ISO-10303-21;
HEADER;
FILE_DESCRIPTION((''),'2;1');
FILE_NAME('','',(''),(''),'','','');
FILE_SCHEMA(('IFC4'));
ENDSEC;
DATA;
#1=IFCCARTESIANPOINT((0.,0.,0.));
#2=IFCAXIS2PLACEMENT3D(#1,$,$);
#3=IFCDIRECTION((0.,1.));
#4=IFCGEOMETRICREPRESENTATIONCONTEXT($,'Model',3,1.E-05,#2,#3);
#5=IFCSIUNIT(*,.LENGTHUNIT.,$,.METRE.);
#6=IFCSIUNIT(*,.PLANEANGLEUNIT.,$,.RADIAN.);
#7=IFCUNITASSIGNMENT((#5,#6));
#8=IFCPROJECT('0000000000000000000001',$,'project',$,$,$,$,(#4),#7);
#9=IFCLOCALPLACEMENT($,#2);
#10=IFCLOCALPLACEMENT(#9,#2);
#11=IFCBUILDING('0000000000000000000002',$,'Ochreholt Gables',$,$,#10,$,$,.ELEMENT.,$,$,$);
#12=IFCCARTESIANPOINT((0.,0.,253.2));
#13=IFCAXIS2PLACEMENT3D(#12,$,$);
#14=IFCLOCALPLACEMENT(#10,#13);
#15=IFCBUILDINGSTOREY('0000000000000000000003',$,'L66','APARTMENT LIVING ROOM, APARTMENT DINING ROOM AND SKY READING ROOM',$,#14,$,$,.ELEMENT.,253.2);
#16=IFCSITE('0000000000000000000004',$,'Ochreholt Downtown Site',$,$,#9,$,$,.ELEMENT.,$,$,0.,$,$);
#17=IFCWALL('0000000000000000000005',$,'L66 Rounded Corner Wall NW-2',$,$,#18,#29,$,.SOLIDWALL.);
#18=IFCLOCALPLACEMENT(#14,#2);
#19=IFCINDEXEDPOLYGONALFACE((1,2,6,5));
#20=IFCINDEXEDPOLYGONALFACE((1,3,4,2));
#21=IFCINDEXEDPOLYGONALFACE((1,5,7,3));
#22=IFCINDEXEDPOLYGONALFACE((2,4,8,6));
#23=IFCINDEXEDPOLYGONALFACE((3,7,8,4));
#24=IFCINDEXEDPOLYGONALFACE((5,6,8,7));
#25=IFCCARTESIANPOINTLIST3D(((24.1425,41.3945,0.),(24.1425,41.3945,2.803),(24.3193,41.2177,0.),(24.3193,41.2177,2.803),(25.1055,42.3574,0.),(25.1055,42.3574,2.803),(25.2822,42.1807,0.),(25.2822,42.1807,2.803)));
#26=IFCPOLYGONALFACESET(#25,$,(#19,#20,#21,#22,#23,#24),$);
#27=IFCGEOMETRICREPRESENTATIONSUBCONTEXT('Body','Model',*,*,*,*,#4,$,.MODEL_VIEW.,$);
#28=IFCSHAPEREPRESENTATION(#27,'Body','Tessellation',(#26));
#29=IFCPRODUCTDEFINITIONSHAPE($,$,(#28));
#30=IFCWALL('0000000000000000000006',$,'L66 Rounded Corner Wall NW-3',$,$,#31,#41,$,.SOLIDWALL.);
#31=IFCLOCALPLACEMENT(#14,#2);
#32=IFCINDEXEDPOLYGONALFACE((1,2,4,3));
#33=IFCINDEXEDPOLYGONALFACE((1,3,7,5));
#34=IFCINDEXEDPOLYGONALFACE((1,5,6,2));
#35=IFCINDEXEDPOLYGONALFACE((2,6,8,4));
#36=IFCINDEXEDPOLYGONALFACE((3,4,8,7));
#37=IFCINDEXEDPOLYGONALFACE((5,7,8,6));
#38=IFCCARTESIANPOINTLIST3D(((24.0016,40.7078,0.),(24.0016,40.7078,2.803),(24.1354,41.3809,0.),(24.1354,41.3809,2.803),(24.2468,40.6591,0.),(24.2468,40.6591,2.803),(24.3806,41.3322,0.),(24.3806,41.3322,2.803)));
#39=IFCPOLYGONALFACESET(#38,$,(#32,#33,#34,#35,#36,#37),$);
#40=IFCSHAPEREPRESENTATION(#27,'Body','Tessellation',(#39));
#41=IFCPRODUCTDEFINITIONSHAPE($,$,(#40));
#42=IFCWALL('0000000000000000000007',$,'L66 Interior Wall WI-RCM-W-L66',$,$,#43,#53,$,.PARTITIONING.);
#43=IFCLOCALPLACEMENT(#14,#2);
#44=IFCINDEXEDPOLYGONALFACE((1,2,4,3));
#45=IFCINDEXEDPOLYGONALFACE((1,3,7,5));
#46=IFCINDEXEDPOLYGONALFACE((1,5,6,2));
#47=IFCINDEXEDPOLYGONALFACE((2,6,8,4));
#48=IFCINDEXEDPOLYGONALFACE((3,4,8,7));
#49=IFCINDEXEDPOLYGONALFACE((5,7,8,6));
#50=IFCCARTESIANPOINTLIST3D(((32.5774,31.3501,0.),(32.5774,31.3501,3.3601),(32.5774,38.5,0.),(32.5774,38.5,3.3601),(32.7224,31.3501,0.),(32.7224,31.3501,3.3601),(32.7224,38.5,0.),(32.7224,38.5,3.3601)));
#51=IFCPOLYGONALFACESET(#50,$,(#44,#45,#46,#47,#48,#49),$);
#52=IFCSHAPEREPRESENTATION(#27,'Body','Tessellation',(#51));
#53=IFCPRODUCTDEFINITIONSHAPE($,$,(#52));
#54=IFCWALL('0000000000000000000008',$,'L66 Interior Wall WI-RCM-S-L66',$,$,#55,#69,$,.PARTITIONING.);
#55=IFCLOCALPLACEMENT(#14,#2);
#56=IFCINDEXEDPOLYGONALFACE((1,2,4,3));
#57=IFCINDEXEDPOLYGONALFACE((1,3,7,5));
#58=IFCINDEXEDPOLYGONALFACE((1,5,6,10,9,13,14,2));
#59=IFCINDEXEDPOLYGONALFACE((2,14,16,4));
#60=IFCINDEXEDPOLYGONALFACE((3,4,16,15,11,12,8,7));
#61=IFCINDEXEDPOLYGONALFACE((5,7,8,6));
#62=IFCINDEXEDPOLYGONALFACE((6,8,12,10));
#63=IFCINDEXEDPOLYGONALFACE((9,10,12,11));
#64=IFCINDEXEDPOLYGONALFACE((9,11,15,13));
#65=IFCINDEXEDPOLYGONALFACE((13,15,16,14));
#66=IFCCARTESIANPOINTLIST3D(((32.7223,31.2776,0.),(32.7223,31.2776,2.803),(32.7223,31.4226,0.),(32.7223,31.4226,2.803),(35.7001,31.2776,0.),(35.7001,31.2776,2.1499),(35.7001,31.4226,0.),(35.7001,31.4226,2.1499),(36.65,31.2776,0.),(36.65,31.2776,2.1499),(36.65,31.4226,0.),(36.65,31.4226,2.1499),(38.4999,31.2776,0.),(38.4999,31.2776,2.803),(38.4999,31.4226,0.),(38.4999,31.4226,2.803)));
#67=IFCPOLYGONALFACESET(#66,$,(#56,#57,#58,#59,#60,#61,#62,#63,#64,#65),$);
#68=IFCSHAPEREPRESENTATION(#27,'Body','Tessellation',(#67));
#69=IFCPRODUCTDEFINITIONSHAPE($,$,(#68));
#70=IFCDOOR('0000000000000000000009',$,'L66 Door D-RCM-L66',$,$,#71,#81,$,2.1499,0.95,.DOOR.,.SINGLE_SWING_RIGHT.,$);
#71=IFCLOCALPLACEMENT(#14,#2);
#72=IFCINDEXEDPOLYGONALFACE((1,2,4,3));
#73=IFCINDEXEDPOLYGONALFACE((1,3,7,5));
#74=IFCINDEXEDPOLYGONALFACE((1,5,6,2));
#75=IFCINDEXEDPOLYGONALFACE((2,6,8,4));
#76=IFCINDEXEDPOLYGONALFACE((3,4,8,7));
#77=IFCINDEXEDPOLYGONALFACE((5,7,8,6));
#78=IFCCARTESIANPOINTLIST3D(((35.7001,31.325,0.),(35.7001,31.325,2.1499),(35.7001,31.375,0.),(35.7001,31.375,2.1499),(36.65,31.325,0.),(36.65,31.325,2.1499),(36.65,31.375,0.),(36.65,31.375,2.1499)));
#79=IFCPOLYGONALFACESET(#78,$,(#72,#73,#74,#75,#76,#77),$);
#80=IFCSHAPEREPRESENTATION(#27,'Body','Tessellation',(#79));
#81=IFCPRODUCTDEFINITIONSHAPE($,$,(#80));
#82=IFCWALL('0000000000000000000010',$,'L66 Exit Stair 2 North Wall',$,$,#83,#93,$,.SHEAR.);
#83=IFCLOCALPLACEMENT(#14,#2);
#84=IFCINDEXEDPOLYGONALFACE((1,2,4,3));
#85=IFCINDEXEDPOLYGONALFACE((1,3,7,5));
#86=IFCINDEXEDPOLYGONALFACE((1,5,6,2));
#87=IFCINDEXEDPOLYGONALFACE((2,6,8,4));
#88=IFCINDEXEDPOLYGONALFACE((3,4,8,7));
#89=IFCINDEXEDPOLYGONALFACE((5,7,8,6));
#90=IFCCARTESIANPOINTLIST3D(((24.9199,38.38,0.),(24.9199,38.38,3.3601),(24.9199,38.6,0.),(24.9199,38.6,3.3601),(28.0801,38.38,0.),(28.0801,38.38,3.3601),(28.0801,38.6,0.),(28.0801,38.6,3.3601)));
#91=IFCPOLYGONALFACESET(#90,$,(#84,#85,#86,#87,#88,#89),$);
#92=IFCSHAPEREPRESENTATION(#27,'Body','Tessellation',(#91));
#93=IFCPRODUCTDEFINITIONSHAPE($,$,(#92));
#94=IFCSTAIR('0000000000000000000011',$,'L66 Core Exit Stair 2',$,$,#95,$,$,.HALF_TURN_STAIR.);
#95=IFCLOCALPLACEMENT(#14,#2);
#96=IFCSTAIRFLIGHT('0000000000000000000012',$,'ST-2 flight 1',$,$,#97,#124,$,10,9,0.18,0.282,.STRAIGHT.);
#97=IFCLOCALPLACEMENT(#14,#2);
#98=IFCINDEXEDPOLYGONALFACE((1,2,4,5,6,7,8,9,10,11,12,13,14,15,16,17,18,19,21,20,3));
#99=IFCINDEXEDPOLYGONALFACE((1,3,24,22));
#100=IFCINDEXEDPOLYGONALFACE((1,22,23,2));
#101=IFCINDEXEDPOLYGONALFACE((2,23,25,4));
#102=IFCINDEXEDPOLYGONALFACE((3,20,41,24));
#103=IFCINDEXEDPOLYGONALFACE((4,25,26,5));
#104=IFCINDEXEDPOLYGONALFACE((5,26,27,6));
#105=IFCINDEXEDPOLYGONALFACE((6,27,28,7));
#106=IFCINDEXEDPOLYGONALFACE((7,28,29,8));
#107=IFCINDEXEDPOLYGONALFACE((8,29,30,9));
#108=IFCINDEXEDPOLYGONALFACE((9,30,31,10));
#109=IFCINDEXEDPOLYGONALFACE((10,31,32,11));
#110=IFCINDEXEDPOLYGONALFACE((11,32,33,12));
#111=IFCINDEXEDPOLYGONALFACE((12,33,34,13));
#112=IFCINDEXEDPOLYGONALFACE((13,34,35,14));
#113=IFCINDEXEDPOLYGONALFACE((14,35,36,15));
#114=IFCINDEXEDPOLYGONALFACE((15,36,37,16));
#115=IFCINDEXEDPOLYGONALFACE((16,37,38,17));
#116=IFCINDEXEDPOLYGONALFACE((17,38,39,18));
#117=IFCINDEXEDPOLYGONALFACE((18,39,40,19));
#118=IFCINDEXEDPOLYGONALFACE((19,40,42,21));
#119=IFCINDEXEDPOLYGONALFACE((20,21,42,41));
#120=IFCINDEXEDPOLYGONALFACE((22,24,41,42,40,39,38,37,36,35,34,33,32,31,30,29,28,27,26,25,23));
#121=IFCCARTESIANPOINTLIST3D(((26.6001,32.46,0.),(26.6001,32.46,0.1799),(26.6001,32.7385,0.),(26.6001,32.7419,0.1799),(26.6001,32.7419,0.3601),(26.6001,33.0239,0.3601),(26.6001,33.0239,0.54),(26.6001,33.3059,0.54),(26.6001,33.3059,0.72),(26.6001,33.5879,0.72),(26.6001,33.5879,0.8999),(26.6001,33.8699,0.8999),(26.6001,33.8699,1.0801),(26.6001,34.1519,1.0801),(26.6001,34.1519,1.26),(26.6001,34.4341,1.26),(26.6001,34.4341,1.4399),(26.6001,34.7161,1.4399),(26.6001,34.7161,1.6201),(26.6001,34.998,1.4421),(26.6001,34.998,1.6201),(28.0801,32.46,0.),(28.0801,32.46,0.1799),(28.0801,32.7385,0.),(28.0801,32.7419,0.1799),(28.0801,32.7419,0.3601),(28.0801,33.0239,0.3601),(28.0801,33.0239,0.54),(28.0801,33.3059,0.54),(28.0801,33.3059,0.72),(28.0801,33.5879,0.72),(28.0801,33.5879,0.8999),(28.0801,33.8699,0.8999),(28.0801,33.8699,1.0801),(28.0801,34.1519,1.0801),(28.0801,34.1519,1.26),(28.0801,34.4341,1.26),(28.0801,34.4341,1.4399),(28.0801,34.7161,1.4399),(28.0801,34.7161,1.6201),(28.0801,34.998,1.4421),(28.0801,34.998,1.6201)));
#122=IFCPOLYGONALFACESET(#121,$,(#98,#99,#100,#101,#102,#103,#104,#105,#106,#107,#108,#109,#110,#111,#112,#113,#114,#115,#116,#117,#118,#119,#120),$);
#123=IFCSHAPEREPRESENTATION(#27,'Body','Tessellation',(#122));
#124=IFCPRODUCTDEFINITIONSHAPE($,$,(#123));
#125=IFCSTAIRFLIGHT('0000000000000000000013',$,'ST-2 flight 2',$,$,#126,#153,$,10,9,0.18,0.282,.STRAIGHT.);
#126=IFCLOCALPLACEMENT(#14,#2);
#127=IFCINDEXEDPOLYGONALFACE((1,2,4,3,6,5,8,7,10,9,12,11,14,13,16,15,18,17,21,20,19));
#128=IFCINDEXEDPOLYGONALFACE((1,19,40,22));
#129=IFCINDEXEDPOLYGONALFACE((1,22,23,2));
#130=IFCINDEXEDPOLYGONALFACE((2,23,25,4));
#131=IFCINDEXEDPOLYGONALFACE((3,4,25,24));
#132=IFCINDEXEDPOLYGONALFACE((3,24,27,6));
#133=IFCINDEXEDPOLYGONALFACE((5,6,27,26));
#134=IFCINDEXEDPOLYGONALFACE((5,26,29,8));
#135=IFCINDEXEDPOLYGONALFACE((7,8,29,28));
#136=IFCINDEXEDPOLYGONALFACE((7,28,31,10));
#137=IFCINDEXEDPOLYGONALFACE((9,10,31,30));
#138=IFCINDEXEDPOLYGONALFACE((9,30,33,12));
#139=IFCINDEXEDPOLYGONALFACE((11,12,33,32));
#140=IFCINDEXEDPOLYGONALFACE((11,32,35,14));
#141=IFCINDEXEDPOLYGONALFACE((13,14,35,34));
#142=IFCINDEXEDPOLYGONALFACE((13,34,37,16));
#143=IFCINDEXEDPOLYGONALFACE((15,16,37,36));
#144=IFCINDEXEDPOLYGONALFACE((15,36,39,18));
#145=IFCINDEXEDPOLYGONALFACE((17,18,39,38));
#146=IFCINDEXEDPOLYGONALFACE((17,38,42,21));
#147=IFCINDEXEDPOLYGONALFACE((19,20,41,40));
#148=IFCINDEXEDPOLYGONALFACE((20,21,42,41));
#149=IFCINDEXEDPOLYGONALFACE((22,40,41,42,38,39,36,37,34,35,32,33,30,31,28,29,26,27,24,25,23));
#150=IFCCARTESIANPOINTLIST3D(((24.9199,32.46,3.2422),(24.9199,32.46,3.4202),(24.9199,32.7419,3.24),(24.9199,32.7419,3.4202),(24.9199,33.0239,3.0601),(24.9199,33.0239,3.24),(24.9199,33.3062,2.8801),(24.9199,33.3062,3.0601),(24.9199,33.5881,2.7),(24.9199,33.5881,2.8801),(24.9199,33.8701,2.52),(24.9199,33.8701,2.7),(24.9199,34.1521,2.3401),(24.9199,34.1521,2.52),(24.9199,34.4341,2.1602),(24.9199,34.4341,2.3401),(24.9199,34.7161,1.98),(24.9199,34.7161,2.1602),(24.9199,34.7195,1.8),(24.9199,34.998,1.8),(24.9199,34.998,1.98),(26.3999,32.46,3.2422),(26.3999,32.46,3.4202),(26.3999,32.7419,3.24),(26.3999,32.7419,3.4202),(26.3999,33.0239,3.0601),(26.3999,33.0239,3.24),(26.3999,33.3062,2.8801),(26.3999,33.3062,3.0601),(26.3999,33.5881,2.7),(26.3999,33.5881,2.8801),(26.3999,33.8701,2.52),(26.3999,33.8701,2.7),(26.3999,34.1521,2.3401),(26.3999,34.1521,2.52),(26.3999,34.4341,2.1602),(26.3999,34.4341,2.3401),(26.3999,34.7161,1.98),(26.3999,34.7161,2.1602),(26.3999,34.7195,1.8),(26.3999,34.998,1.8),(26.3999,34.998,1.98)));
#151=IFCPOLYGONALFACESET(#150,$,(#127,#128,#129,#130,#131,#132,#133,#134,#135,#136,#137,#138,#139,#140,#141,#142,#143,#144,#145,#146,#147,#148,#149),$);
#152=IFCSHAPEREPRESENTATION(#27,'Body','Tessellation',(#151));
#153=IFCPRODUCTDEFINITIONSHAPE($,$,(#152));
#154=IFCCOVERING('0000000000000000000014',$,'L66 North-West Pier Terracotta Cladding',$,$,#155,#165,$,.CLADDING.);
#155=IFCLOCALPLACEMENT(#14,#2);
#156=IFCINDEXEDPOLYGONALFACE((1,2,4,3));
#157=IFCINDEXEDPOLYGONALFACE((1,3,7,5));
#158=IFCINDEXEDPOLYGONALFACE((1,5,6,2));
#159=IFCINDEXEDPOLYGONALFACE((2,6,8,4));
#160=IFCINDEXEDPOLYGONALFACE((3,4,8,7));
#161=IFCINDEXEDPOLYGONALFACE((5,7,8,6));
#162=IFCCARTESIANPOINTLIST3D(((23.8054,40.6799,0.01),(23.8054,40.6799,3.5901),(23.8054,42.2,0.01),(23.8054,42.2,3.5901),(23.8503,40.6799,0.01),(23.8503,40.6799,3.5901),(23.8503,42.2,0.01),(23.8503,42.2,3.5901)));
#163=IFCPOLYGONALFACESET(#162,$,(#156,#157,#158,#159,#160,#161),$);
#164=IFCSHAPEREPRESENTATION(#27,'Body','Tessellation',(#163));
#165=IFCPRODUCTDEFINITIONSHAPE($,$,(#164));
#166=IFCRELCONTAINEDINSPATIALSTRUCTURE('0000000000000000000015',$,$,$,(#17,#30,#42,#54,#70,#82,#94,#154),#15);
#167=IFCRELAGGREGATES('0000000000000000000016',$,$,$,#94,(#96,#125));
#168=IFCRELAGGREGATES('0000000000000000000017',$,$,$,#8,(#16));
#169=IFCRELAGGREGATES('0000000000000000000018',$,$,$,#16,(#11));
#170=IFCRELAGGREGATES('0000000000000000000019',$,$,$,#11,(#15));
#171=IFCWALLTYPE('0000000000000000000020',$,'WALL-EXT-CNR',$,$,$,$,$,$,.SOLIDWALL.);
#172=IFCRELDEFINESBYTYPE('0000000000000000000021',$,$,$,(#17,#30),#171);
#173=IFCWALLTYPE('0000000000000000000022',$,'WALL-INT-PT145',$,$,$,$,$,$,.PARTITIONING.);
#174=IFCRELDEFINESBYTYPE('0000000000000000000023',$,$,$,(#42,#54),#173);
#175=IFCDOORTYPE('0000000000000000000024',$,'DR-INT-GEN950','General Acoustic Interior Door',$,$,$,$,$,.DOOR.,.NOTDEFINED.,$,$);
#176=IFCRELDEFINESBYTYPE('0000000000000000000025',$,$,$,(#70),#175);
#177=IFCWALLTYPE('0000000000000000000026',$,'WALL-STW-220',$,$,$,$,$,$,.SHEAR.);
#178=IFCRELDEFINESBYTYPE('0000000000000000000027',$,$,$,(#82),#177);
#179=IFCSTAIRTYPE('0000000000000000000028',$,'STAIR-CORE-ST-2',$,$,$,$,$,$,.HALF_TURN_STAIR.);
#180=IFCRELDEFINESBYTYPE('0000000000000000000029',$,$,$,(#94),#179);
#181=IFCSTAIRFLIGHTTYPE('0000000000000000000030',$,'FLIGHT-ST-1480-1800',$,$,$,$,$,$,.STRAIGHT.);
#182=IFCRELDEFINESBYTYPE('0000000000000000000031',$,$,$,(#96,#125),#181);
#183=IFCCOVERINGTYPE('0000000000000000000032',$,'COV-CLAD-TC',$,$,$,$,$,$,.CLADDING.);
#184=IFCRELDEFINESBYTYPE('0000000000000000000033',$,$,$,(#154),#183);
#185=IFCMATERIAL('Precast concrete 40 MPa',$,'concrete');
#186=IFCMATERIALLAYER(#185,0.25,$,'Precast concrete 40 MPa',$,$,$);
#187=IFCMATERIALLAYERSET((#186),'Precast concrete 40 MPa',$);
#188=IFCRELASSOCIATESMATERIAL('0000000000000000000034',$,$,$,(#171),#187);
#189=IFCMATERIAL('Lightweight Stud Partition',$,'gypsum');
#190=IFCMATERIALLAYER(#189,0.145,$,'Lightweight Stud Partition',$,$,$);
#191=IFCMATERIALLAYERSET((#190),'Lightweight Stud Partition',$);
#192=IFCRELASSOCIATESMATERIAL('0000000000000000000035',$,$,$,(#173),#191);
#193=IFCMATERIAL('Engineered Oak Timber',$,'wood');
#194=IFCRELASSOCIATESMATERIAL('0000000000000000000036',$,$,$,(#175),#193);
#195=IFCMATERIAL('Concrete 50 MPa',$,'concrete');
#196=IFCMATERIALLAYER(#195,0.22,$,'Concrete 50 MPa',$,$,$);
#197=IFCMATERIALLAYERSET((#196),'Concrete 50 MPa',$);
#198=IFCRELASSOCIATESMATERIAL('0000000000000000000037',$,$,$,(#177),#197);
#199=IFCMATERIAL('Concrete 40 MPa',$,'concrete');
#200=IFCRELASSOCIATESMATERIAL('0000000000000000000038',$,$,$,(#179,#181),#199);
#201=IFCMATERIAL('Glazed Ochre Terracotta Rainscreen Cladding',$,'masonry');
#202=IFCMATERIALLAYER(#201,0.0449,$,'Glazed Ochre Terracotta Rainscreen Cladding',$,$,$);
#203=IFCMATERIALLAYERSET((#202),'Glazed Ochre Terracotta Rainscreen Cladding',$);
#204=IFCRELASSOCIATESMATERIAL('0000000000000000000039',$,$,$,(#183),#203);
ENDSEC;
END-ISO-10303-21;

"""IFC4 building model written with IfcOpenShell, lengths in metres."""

from ifc_helpers import new_model, si_unit, direction, frame, frame_2d, origin, origin_2d, place, context, subcontext, project, spatial, polyline, rectangle, outline, extrude, material, layer, layer_set, type_object, element, fill, aggregate, save


model = new_model("IFC4")

# Units and contexts
model_context = context("Model", 3, precision=1e-05, world=origin(), true_north=direction((0.0, 1.0)))
body_context = subcontext(model_context, "Body", "Model", "MODEL_VIEW")
ifc_project = project(units=[si_unit("LENGTHUNIT", "METRE"), si_unit("PLANEANGLEUNIT", "RADIAN")], contexts=[model_context])

# Site, building, storey
site_placement = place(None, origin())
site = spatial("IfcSite", under=ifc_project, at=site_placement, Name="Ochreholt Downtown Site", CompositionType="ELEMENT", RefElevation=0.0)
building_placement = place(site_placement, origin())
building = spatial("IfcBuilding", under=site, at=building_placement, Name="Ochreholt Gables", CompositionType="ELEMENT")
storey_placement = place(building_placement, frame((0.0, 0.0, 253.2)))
storey = spatial("IfcBuildingStorey", under=building, at=storey_placement, Name="L66", Description="APARTMENT LIVING ROOM, APARTMENT DINING ROOM AND SKY READING ROOM", CompositionType="ELEMENT", Elevation=253.2)

# Shared definitions
ifc_material_1 = material(Name="Concrete 50 MPa", Category="concrete")

# Shared definitions
ifc_material_2 = material(Name="Precast concrete 40 MPa", Category="concrete")

# Walls
ifc_layer_1 = layer(ifc_material_2, 0.25, Name="Precast concrete 40 MPa")
ifc_layer_set_1 = layer_set([ifc_layer_1], Name="Precast concrete 40 MPa")
wall_type_1 = type_object("IfcWallType", Name="WALL-EXT-CNR", PredefinedType="SOLIDWALL", material=ifc_layer_set_1)
wall_1_placement = place(storey_placement, frame((25.1938, 42.269, 0.0), z_axis=(0.0, 0.0, 1.0), x_axis=(-0.707107, -0.707107, 0.0)))
element("IfcWall", 1, at=wall_1_placement, inside=storey, type_object=wall_type_1, Name="L66 Rounded Corner Wall NW-2", PredefinedType="SOLIDWALL", context=body_context, shape_type="SweptSolid", body=[
    extrude(rectangle(XDim=1.3618, YDim=0.25, at=frame_2d((0.6809, 0.0))), origin(), (0.0, 0.0, 1.0), 2.803),
])
wall_2_placement = place(storey_placement, frame((24.2581, 41.3567, 0.0), z_axis=(0.0, 0.0, 1.0), x_axis=(-0.194953, -0.980813, 0.0)))
element("IfcWall", 2, at=wall_2_placement, inside=storey, type_object=wall_type_1, Name="L66 Rounded Corner Wall NW-3", PredefinedType="SOLIDWALL", context=body_context, shape_type="SweptSolid", body=[
    extrude(rectangle(XDim=0.6863, YDim=0.25, at=frame_2d((0.3433, 0.0))), origin(), (0.0, 0.0, 1.0), 2.803),
])
ifc_material_3 = material(Name="Lightweight Stud Partition", Category="gypsum")
ifc_layer_2 = layer(ifc_material_3, 0.145, Name="Lightweight Stud Partition")
ifc_layer_set_2 = layer_set([ifc_layer_2], Name="Lightweight Stud Partition")
wall_type_2 = type_object("IfcWallType", Name="WALL-INT-PT145", PredefinedType="PARTITIONING", material=ifc_layer_set_2)
wall_3_placement = place(storey_placement, frame((32.6499, 31.3501, 0.0), z_axis=(0.0, 0.0, 1.0), x_axis=(0.0, 1.0, 0.0)))
element("IfcWall", 3, at=wall_3_placement, inside=storey, type_object=wall_type_2, Name="L66 Interior Wall WI-RCM-W-L66", PredefinedType="PARTITIONING", context=body_context, shape_type="SweptSolid", body=[
    extrude(rectangle(XDim=7.1499, YDim=0.145, at=frame_2d((3.575, 0.0))), origin(), (0.0, 0.0, 1.0), 3.3601),
])

# Wall, opening, door
wall_4_placement = place(storey_placement, frame((32.7224, 31.3501, 0.0), z_axis=(0.0, 0.0, 1.0), x_axis=(1.0, 0.0, 0.0)))
wall_4 = element("IfcWall", 4, at=wall_4_placement, inside=storey, type_object=wall_type_2, Name="L66 Interior Wall WI-RCM-S-L66", PredefinedType="PARTITIONING", context=body_context, shape_type="SweptSolid", body=[
    extrude(rectangle(XDim=5.7776, YDim=0.145, at=frame_2d((2.8887, 0.0))), origin(), (0.0, 0.0, 1.0), 2.803),
])
opening_1_placement = place(wall_4_placement, frame((2.9775, 0.0, 0.0)))
opening_1 = element("IfcOpeningElement", 5, at=opening_1_placement, cuts=wall_4, PredefinedType="OPENING", context=body_context, shape_type="SweptSolid", body=[
    extrude(rectangle(XDim=0.95, YDim=2.1499, at=frame_2d((0.4751, 1.075))), frame((0.0, 0.0825, 0.0), z_axis=(0.0, -1.0, 0.0), x_axis=(1.0, 0.0, 0.0)), (0.0, 0.0, 1.0), 0.165),
])
ifc_material_4 = material(Name="Engineered Oak Timber", Category="wood")
door_type_1 = type_object("IfcDoorType", Name="DR-INT-GEN950", Description="General Acoustic Interior Door", OperationType="NOTDEFINED", PredefinedType="DOOR", material=ifc_material_4)
door_1_placement = place(opening_1_placement, origin())
door_1 = element("IfcDoor", 6, at=door_1_placement, inside=storey, type_object=door_type_1, Name="L66 Door D-RCM-L66", OperationType="SINGLE_SWING_RIGHT", OverallHeight=2.1499, OverallWidth=0.95, PredefinedType="DOOR", context=body_context, shape_type="SweptSolid", body=[
    extrude(rectangle(XDim=0.95, YDim=2.1499, at=frame_2d((0.4751, 1.075))), frame((0.0, 0.0249, 0.0), z_axis=(0.0, -1.0, 0.0), x_axis=(1.0, 0.0, 0.0)), (0.0, 0.0, 1.0), 0.05),
])
fill(opening_1, door_1)

# Wall
ifc_layer_3 = layer(ifc_material_1, 0.22, Name="Concrete 50 MPa")
ifc_layer_set_3 = layer_set([ifc_layer_3], Name="Concrete 50 MPa")
wall_type_3 = type_object("IfcWallType", Name="WALL-STW-220", PredefinedType="SHEAR", material=ifc_layer_set_3)
wall_5_placement = place(storey_placement, frame((24.9199, 38.49, 0.0), z_axis=(0.0, 0.0, 1.0), x_axis=(1.0, 0.0, 0.0)))
element("IfcWall", 7, at=wall_5_placement, inside=storey, type_object=wall_type_3, Name="L66 Exit Stair 2 North Wall", PredefinedType="SHEAR", context=body_context, shape_type="SweptSolid", body=[
    extrude(rectangle(XDim=3.1602, YDim=0.22, at=frame_2d((1.5801, 0.0))), origin(), (0.0, 0.0, 1.0), 3.3601),
])

# Stair, stair flights
ifc_material_5 = material(Name="Concrete 40 MPa", Category="concrete")
stair_type = type_object("IfcStairType", Name="STAIR-CORE-ST-2", PredefinedType="HALF_TURN_STAIR", material=ifc_material_5)
stair_placement = place(storey_placement, origin())
stair = element("IfcStair", 8, at=stair_placement, inside=storey, type_object=stair_type, Name="L66 Core Exit Stair 2", PredefinedType="HALF_TURN_STAIR")
stair_flight_type = type_object("IfcStairFlightType", Name="FLIGHT-ST-1480-1800", PredefinedType="STRAIGHT", material=ifc_material_5)
stair_flight_1_placement = place(storey_placement, frame((27.3401, 32.46, 0.0), z_axis=(0.0, 0.0, 1.0), x_axis=(0.0, 1.0, 0.0)))
stair_flight_1 = element("IfcStairFlight", 9, at=stair_flight_1_placement, type_object=stair_flight_type, Name="ST-2 flight 1", NumberOfRisers=10, NumberOfTreads=9, PredefinedType="STRAIGHT", RiserHeight=0.18, TreadLength=0.282, context=body_context, shape_type="SweptSolid", body=[
    extrude(outline(polyline([(0.0, 0.0), (0.0, 0.1799), (0.282, 0.1799), (0.282, 0.3601), (0.564, 0.3601), (0.564, 0.54), (0.8459, 0.54), (0.8459, 0.72), (1.1279, 0.72), (1.1279, 0.8999), (1.4099, 0.8999), (1.4099, 1.0801), (1.6919, 1.0801), (1.6919, 1.26), (1.9741, 1.26), (1.9741, 1.4399), (2.2561, 1.4399), (2.2561, 1.6201), (2.5381, 1.6201), (2.5381, 1.8), (2.5381, 1.4421), (0.2786, 0.0), (0.0, 0.0)])), frame((0.0, 0.74, 0.0), z_axis=(0.0, -1.0, 0.0), x_axis=(1.0, 0.0, 0.0)), (0.0, 0.0, 1.0), 1.48),
])
stair_flight_2_placement = place(storey_placement, frame((25.6599, 34.998, 1.8), z_axis=(0.0, 0.0, 1.0), x_axis=(0.0, -1.0, 0.0)))
stair_flight_2 = element("IfcStairFlight", 10, at=stair_flight_2_placement, type_object=stair_flight_type, Name="ST-2 flight 2", NumberOfRisers=10, NumberOfTreads=9, PredefinedType="STRAIGHT", RiserHeight=0.18, TreadLength=0.282, context=body_context, shape_type="SweptSolid", body=[
    extrude(outline(polyline([(0.0, 0.0), (0.0, 0.1799), (0.282, 0.1799), (0.282, 0.3601), (0.564, 0.3601), (0.564, 0.54), (0.8459, 0.54), (0.8459, 0.72), (1.1279, 0.72), (1.1279, 0.8999), (1.4099, 0.8999), (1.4099, 1.0801), (1.6919, 1.0801), (1.6919, 1.26), (1.9741, 1.26), (1.9741, 1.4399), (2.2561, 1.4399), (2.2561, 1.6201), (2.5381, 1.6201), (2.5381, 1.8), (2.5381, 1.4421), (0.2786, 0.0), (0.0, 0.0)])), frame((0.0, 0.74, 0.0), z_axis=(0.0, -1.0, 0.0), x_axis=(1.0, 0.0, 0.0)), (0.0, 0.0, 1.0), 1.48),
])
aggregate(stair, [stair_flight_1, stair_flight_2])

# Covering
ifc_material_6 = material(Name="Glazed Ochre Terracotta Rainscreen Cladding", Category="masonry")
ifc_layer_4 = layer(ifc_material_6, 0.0449, Name="Glazed Ochre Terracotta Rainscreen Cladding")
ifc_layer_set_4 = layer_set([ifc_layer_4], Name="Glazed Ochre Terracotta Rainscreen Cladding")
covering_type = type_object("IfcCoveringType", Name="COV-CLAD-TC", PredefinedType="CLADDING", material=ifc_layer_set_4)
covering_placement = place(storey_placement, frame((23.8279, 41.4399, 0.01), z_axis=(0.0, 0.0, 1.0), x_axis=(0.0, 1.0, 0.0)))
element("IfcCovering", 11, at=covering_placement, inside=storey, type_object=covering_type, Name="L66 North-West Pier Terracotta Cladding", PredefinedType="CLADDING", context=body_context, shape_type="SweptSolid", body=[
    extrude(rectangle(XDim=1.52, YDim=0.0449, at=origin_2d()), origin(), (0.0, 0.0, 1.0), 3.5801),
])

save(model, "model.ifc")
